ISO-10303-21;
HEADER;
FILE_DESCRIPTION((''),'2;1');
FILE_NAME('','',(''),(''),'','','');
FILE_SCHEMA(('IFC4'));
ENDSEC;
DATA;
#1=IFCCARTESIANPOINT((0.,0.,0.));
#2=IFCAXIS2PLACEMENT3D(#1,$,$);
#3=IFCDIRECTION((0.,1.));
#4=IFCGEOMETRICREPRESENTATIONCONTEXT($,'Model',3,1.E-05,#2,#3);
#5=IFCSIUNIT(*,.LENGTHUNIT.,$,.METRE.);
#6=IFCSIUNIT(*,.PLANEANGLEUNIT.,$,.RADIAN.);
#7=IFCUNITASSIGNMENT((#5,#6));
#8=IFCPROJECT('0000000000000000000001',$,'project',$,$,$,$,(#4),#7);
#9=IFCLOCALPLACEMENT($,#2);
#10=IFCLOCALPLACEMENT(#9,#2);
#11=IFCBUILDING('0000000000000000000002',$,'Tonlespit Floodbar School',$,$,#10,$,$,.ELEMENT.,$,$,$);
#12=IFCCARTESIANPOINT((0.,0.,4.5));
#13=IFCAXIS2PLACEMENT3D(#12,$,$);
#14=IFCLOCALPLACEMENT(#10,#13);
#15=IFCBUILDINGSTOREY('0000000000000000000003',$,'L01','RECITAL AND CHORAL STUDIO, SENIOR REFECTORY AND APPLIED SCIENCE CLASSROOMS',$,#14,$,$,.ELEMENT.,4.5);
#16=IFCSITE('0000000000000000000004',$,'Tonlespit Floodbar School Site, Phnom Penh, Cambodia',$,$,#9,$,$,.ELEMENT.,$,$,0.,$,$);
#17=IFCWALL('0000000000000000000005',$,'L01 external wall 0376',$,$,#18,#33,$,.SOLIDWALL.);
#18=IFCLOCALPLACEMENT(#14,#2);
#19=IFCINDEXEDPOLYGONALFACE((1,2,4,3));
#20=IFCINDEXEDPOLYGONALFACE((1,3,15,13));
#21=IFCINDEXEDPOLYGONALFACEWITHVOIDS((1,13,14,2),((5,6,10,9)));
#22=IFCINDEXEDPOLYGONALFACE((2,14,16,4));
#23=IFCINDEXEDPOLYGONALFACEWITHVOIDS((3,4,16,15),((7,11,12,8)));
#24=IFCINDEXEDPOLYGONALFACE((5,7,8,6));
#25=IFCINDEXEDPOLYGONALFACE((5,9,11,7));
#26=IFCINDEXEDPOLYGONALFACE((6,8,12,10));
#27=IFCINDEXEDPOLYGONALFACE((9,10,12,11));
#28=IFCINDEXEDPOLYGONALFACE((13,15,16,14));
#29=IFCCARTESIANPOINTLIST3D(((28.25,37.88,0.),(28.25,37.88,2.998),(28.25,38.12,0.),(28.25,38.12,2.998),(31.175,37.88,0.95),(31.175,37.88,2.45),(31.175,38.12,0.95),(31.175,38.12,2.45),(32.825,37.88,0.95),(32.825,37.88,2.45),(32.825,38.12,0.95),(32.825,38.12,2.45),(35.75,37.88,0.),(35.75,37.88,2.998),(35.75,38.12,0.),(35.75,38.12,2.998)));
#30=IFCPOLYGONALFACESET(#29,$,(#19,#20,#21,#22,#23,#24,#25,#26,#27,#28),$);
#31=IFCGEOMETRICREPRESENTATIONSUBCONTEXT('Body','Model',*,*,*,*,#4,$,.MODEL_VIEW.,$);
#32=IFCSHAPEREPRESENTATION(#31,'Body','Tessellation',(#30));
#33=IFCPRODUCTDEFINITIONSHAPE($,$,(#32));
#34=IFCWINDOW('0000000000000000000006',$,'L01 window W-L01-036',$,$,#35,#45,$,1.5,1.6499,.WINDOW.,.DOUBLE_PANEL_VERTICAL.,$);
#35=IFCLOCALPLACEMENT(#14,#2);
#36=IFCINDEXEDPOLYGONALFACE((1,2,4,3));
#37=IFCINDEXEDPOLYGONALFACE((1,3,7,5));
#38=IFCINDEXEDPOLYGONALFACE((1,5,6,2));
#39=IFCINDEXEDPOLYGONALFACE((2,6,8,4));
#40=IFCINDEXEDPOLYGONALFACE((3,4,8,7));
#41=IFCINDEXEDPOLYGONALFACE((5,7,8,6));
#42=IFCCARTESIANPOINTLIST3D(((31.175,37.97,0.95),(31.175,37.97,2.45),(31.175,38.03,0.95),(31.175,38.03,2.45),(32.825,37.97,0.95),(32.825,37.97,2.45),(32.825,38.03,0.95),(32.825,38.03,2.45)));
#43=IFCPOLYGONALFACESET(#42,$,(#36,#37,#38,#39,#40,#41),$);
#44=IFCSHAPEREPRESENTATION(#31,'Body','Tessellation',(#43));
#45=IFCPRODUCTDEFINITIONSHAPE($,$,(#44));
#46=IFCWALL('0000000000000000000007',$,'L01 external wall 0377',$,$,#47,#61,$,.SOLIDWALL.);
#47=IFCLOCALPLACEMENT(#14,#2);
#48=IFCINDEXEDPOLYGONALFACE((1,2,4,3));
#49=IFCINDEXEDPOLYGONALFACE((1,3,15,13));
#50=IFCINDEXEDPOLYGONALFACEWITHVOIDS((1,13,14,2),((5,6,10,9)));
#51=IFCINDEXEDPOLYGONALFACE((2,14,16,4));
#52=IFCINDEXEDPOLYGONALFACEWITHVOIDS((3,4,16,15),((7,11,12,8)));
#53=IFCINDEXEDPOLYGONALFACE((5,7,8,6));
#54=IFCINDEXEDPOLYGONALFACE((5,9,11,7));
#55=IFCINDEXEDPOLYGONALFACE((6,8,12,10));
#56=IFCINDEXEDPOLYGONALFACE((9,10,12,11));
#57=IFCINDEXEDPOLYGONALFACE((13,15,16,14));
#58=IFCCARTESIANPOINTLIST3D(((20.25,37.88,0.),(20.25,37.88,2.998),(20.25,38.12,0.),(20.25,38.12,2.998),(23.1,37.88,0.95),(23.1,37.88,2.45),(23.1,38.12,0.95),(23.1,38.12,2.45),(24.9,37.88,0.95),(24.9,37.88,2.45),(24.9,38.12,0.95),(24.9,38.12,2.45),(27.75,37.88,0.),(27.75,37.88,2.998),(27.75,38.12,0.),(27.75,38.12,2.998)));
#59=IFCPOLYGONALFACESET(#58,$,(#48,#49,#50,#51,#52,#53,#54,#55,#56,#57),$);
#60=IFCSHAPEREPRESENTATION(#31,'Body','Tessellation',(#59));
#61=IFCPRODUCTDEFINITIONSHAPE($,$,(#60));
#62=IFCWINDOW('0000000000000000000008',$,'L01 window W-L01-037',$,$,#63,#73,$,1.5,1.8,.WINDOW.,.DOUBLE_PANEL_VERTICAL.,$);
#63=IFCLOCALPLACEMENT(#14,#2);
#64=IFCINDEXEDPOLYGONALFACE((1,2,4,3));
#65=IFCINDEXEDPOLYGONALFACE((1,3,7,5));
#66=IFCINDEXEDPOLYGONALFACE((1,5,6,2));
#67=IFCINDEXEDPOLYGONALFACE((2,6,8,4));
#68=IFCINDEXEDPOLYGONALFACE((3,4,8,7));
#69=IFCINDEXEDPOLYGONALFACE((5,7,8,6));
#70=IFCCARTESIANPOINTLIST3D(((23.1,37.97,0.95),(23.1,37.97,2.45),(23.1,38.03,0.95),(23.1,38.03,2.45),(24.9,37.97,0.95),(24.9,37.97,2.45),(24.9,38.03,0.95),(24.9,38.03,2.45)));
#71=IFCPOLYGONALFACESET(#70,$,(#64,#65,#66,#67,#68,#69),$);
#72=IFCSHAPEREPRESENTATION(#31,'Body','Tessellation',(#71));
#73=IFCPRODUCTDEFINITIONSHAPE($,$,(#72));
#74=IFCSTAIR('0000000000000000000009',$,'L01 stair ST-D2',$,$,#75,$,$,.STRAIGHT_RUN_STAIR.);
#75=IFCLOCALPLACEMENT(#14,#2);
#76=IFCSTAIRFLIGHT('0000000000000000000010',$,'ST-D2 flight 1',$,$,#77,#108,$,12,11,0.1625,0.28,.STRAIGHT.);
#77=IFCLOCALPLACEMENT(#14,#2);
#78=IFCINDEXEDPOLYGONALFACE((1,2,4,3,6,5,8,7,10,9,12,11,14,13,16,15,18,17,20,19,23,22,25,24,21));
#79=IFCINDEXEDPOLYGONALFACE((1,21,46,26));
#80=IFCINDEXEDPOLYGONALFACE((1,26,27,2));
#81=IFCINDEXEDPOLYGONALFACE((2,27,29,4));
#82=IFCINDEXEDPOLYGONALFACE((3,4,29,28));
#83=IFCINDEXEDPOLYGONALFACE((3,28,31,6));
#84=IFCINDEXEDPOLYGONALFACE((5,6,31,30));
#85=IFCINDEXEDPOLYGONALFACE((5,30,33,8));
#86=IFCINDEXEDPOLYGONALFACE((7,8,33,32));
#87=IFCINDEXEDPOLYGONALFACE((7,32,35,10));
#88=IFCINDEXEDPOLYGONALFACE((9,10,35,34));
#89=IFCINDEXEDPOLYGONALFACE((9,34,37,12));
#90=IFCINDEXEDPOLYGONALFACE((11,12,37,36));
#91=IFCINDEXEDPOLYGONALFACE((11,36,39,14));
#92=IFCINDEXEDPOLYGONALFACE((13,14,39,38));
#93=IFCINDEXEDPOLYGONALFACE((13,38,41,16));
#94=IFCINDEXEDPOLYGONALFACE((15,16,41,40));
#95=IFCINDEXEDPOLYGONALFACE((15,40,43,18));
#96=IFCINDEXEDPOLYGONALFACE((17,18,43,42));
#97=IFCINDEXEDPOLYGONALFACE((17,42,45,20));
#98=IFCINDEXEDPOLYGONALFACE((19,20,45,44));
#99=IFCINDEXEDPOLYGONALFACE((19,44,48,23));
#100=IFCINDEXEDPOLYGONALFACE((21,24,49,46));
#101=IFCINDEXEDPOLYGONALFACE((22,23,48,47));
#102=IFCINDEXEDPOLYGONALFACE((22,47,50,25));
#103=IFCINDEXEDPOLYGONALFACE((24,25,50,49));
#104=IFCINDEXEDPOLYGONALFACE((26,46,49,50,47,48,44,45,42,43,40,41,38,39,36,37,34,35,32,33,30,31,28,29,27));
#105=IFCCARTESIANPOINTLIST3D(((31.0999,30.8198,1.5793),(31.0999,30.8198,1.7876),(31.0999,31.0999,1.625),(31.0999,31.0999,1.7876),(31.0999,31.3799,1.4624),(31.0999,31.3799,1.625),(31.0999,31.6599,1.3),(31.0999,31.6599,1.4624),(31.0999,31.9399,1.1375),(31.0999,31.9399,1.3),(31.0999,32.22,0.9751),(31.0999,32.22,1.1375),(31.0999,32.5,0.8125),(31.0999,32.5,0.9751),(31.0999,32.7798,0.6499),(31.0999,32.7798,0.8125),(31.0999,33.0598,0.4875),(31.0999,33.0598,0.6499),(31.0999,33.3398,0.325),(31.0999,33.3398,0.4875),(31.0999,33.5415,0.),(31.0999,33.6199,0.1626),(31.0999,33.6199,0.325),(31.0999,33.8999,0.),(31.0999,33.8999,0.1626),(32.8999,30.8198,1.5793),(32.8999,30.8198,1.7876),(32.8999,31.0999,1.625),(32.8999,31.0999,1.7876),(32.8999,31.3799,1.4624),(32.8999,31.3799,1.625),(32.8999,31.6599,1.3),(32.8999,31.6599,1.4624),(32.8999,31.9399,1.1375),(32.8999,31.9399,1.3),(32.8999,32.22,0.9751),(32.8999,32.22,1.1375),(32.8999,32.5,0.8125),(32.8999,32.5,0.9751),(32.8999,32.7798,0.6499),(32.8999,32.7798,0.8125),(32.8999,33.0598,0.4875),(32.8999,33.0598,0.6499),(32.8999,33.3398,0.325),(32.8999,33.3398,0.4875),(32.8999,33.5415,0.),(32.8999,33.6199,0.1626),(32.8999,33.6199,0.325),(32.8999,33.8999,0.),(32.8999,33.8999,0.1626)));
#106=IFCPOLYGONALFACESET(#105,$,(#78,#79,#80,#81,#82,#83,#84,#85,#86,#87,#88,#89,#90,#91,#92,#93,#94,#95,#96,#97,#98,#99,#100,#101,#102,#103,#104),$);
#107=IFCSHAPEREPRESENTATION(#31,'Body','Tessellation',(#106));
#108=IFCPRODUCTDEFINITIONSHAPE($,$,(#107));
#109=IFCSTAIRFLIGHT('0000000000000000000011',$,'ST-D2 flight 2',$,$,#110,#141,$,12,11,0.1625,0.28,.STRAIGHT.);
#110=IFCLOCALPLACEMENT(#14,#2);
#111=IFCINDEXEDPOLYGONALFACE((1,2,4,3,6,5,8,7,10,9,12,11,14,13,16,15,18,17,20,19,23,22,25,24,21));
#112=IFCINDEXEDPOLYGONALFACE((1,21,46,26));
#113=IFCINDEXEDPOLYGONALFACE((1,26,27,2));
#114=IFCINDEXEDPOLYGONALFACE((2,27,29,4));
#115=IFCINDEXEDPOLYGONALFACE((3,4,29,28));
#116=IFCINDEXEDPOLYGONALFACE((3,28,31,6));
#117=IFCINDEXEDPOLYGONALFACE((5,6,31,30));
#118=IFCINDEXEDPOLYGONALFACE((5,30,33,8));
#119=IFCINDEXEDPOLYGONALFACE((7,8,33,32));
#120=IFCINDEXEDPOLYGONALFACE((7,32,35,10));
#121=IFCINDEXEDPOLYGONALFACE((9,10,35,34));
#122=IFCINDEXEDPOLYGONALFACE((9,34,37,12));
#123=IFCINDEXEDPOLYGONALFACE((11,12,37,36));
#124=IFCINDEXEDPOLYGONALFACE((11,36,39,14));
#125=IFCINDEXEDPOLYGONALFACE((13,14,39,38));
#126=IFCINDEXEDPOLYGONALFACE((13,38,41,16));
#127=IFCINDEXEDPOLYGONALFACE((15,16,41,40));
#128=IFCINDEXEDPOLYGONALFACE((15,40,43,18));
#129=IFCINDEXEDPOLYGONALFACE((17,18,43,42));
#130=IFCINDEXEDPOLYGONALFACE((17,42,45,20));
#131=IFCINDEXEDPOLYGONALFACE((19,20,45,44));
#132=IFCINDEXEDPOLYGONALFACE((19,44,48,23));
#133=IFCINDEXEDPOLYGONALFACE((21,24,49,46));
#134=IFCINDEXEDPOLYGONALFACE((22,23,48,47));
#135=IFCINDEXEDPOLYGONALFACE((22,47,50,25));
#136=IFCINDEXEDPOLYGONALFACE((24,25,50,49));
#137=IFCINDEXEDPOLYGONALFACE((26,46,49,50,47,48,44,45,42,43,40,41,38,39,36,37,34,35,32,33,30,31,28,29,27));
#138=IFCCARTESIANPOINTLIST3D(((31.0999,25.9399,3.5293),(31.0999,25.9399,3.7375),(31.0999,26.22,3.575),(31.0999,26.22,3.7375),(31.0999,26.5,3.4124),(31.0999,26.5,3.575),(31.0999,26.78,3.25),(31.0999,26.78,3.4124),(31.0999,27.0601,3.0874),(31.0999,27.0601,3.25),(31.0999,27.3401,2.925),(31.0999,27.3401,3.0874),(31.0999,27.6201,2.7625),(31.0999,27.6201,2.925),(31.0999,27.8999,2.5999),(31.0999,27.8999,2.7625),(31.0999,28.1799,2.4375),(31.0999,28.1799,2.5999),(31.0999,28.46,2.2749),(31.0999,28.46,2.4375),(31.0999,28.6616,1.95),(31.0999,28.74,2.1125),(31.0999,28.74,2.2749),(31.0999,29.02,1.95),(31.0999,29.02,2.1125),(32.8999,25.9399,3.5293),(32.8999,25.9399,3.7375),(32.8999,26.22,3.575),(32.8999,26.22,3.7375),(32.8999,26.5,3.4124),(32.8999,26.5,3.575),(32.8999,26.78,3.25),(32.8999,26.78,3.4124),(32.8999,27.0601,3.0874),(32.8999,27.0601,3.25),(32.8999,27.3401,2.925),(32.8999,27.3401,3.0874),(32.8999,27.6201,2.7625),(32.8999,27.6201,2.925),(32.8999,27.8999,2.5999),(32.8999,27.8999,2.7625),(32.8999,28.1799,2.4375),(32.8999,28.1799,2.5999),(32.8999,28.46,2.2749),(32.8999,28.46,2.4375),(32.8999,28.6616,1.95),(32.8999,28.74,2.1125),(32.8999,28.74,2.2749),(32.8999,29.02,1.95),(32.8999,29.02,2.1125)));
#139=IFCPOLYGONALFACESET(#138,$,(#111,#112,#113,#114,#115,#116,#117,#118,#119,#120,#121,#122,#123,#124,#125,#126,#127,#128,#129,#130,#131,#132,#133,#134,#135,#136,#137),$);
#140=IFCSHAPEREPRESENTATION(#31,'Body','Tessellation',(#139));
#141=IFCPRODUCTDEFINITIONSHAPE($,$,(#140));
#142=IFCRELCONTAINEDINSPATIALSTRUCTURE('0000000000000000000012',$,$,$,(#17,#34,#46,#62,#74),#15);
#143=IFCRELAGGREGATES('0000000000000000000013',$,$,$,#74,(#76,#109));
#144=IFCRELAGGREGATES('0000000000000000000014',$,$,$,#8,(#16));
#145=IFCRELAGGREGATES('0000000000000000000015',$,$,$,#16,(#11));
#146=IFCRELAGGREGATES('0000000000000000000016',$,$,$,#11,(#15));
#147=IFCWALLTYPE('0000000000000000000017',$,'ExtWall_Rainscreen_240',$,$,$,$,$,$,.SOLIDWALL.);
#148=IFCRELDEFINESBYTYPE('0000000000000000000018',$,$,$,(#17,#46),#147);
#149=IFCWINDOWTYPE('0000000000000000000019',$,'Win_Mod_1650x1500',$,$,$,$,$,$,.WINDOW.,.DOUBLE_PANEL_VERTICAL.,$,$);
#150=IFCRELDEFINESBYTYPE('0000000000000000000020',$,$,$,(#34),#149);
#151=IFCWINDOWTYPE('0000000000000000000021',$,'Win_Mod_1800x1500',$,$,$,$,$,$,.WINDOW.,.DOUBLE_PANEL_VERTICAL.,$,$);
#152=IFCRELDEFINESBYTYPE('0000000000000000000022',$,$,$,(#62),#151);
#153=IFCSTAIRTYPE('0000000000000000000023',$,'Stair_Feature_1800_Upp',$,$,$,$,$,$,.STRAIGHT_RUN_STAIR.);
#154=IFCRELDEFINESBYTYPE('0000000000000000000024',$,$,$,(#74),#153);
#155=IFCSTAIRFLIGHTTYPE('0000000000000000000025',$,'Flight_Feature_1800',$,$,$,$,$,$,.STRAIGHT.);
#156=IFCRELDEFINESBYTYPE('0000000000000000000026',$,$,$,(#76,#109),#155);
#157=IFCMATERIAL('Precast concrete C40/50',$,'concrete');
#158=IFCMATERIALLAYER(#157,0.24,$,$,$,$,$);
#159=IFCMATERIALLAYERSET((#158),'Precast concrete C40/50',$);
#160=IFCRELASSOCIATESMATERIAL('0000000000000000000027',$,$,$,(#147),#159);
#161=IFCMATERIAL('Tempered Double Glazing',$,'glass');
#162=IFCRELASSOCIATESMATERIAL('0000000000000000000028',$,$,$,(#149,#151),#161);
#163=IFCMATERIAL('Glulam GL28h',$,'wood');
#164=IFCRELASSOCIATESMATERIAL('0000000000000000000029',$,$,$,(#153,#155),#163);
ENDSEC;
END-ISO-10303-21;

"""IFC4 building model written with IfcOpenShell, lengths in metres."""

from ifc_helpers import new_model, si_unit, direction, frame, frame_2d, origin, place, context, subcontext, project, spatial, polyline, rectangle, outline, extrude, material, layer, layer_set, type_object, element, fill, aggregate, save


model = new_model("IFC4")

# Units and contexts
model_context = context("Model", 3, precision=1e-05, world=origin(), true_north=direction((0.0, 1.0)))
body_context = subcontext(model_context, "Body", "Model", "MODEL_VIEW")
ifc_project = project(units=[si_unit("LENGTHUNIT", "METRE"), si_unit("PLANEANGLEUNIT", "RADIAN")], contexts=[model_context])

# Site, building, storey
site_placement = place(None, origin())
site = spatial("IfcSite", under=ifc_project, at=site_placement, Name="Tonlespit Floodbar School Site, Phnom Penh, Cambodia", CompositionType="ELEMENT", RefElevation=0.0)
building_placement = place(site_placement, origin())
building = spatial("IfcBuilding", under=site, at=building_placement, Name="Tonlespit Floodbar School", CompositionType="ELEMENT")
storey_placement = place(building_placement, frame((0.0, 0.0, 4.5)))
storey = spatial("IfcBuildingStorey", under=building, at=storey_placement, Name="L01", Description="RECITAL AND CHORAL STUDIO, SENIOR REFECTORY AND APPLIED SCIENCE CLASSROOMS", CompositionType="ELEMENT", Elevation=4.5)

# Walls, openings, windows
ifc_material_1 = material(Name="Precast concrete C40/50", Category="concrete")
ifc_layer_1 = layer(ifc_material_1, 0.24)
ifc_layer_set_1 = layer_set([ifc_layer_1], Name="Precast concrete C40/50")
wall_type = type_object("IfcWallType", Name="ExtWall_Rainscreen_240", PredefinedType="SOLIDWALL", material=ifc_layer_set_1)
wall_1_placement = place(storey_placement, frame((35.75, 38.0, 0.0), z_axis=(0.0, 0.0, 1.0), x_axis=(-1.0, 0.0, 0.0)))
wall_1 = element("IfcWall", 1, at=wall_1_placement, inside=storey, type_object=wall_type, Name="L01 external wall 0376", PredefinedType="SOLIDWALL", context=body_context, shape_type="SweptSolid", body=[
    extrude(rectangle(XDim=7.5, YDim=0.24, at=frame_2d((3.75, 0.0))), origin(), (0.0, 0.0, 1.0), 2.998),
])
opening_1_placement = place(wall_1_placement, frame((2.925, 0.0, 0.95)))
opening_1 = element("IfcOpeningElement", 2, at=opening_1_placement, cuts=wall_1, PredefinedType="OPENING", context=body_context, shape_type="SweptSolid", body=[
    extrude(rectangle(XDim=1.6499, YDim=1.5, at=frame_2d((0.825, 0.75))), frame((0.0, 0.1299, 0.0), z_axis=(0.0, -1.0, 0.0), x_axis=(1.0, 0.0, 0.0)), (0.0, 0.0, 1.0), 0.26),
])
ifc_material_2 = material(Name="Tempered Double Glazing", Category="glass")
window_type_1 = type_object("IfcWindowType", Name="Win_Mod_1650x1500", PartitioningType="DOUBLE_PANEL_VERTICAL", PredefinedType="WINDOW", material=ifc_material_2)
window_1_placement = place(opening_1_placement, origin())
window_1 = element("IfcWindow", 3, at=window_1_placement, inside=storey, type_object=window_type_1, Name="L01 window W-L01-036", OverallHeight=1.5, OverallWidth=1.6499, PartitioningType="DOUBLE_PANEL_VERTICAL", PredefinedType="WINDOW", context=body_context, shape_type="SweptSolid", body=[
    extrude(rectangle(XDim=1.6499, YDim=1.5, at=frame_2d((0.825, 0.75))), frame((0.0, 0.03, 0.0), z_axis=(0.0, -1.0, 0.0), x_axis=(1.0, 0.0, 0.0)), (0.0, 0.0, 1.0), 0.0601),
])
fill(opening_1, window_1)
wall_2_placement = place(storey_placement, frame((27.75, 38.0, 0.0), z_axis=(0.0, 0.0, 1.0), x_axis=(-1.0, 0.0, 0.0)))
wall_2 = element("IfcWall", 4, at=wall_2_placement, inside=storey, type_object=wall_type, Name="L01 external wall 0377", PredefinedType="SOLIDWALL", context=body_context, shape_type="SweptSolid", body=[
    extrude(rectangle(XDim=7.5, YDim=0.24, at=frame_2d((3.75, 0.0))), origin(), (0.0, 0.0, 1.0), 2.998),
])
opening_2_placement = place(wall_2_placement, frame((2.8501, 0.0, 0.95)))
opening_2 = element("IfcOpeningElement", 5, at=opening_2_placement, cuts=wall_2, PredefinedType="OPENING", context=body_context, shape_type="SweptSolid", body=[
    extrude(rectangle(XDim=1.8, YDim=1.5, at=frame_2d((0.8999, 0.75))), frame((0.0, 0.1299, 0.0), z_axis=(0.0, -1.0, 0.0), x_axis=(1.0, 0.0, 0.0)), (0.0, 0.0, 1.0), 0.26),
])
window_type_2 = type_object("IfcWindowType", Name="Win_Mod_1800x1500", PartitioningType="DOUBLE_PANEL_VERTICAL", PredefinedType="WINDOW", material=ifc_material_2)
window_2_placement = place(opening_2_placement, origin())
window_2 = element("IfcWindow", 6, at=window_2_placement, inside=storey, type_object=window_type_2, Name="L01 window W-L01-037", OverallHeight=1.5, OverallWidth=1.8, PartitioningType="DOUBLE_PANEL_VERTICAL", PredefinedType="WINDOW", context=body_context, shape_type="SweptSolid", body=[
    extrude(rectangle(XDim=1.8, YDim=1.5, at=frame_2d((0.8999, 0.75))), frame((0.0, 0.03, 0.0), z_axis=(0.0, -1.0, 0.0), x_axis=(1.0, 0.0, 0.0)), (0.0, 0.0, 1.0), 0.0601),
])
fill(opening_2, window_2)

# Stair, stair flights
ifc_material_3 = material(Name="Glulam GL28h", Category="wood")
stair_type = type_object("IfcStairType", Name="Stair_Feature_1800_Upp", PredefinedType="STRAIGHT_RUN_STAIR", material=ifc_material_3)
stair_placement = place(storey_placement, origin())
stair = element("IfcStair", 7, at=stair_placement, inside=storey, type_object=stair_type, Name="L01 stair ST-D2", PredefinedType="STRAIGHT_RUN_STAIR")
stair_flight_type = type_object("IfcStairFlightType", Name="Flight_Feature_1800", PredefinedType="STRAIGHT", material=ifc_material_3)
stair_flight_1_placement = place(storey_placement, frame((32.0, 33.8999, 0.0), z_axis=(0.0, 0.0, 1.0), x_axis=(0.0, -1.0, 0.0)))
stair_flight_1 = element("IfcStairFlight", 8, at=stair_flight_1_placement, type_object=stair_flight_type, Name="ST-D2 flight 1", NumberOfRisers=12, NumberOfTreads=11, PredefinedType="STRAIGHT", RiserHeight=0.1625, TreadLength=0.28, context=body_context, shape_type="SweptSolid", body=[
    extrude(outline(polyline([(0.0, 0.0), (0.0, 0.1626), (0.28, 0.1626), (0.28, 0.325), (0.5601, 0.325), (0.5601, 0.4875), (0.8401, 0.4875), (0.8401, 0.6499), (1.1201, 0.6499), (1.1201, 0.8125), (1.3999, 0.8125), (1.3999, 0.9751), (1.6799, 0.9751), (1.6799, 1.1375), (1.96, 1.1375), (1.96, 1.3), (2.24, 1.3), (2.24, 1.4624), (2.52, 1.4624), (2.52, 1.625), (2.8, 1.625), (2.8, 1.7876), (3.0801, 1.7876), (3.0801, 1.95), (3.0801, 1.5793), (0.3584, 0.0), (0.0, 0.0)])), frame((0.0, 0.8999, 0.0), z_axis=(0.0, -1.0, 0.0), x_axis=(1.0, 0.0, 0.0)), (0.0, 0.0, 1.0), 1.8),
])
stair_flight_2_placement = place(storey_placement, frame((32.0, 29.02, 1.95), z_axis=(0.0, 0.0, 1.0), x_axis=(0.0, -1.0, 0.0)))
stair_flight_2 = element("IfcStairFlight", 9, at=stair_flight_2_placement, type_object=stair_flight_type, Name="ST-D2 flight 2", NumberOfRisers=12, NumberOfTreads=11, PredefinedType="STRAIGHT", RiserHeight=0.1625, TreadLength=0.28, context=body_context, shape_type="SweptSolid", body=[
    extrude(outline(polyline([(0.0, 0.0), (0.0, 0.1626), (0.28, 0.1626), (0.28, 0.325), (0.5601, 0.325), (0.5601, 0.4875), (0.8401, 0.4875), (0.8401, 0.6499), (1.1201, 0.6499), (1.1201, 0.8125), (1.3999, 0.8125), (1.3999, 0.9751), (1.6799, 0.9751), (1.6799, 1.1375), (1.96, 1.1375), (1.96, 1.3), (2.24, 1.3), (2.24, 1.4624), (2.52, 1.4624), (2.52, 1.625), (2.8, 1.625), (2.8, 1.7876), (3.0801, 1.7876), (3.0801, 1.95), (3.0801, 1.5793), (0.3584, 0.0), (0.0, 0.0)])), frame((0.0, 0.8999, 0.0), z_axis=(0.0, -1.0, 0.0), x_axis=(1.0, 0.0, 0.0)), (0.0, 0.0, 1.0), 1.8),
])
aggregate(stair, [stair_flight_1, stair_flight_2])

save(model, "model.ifc")
